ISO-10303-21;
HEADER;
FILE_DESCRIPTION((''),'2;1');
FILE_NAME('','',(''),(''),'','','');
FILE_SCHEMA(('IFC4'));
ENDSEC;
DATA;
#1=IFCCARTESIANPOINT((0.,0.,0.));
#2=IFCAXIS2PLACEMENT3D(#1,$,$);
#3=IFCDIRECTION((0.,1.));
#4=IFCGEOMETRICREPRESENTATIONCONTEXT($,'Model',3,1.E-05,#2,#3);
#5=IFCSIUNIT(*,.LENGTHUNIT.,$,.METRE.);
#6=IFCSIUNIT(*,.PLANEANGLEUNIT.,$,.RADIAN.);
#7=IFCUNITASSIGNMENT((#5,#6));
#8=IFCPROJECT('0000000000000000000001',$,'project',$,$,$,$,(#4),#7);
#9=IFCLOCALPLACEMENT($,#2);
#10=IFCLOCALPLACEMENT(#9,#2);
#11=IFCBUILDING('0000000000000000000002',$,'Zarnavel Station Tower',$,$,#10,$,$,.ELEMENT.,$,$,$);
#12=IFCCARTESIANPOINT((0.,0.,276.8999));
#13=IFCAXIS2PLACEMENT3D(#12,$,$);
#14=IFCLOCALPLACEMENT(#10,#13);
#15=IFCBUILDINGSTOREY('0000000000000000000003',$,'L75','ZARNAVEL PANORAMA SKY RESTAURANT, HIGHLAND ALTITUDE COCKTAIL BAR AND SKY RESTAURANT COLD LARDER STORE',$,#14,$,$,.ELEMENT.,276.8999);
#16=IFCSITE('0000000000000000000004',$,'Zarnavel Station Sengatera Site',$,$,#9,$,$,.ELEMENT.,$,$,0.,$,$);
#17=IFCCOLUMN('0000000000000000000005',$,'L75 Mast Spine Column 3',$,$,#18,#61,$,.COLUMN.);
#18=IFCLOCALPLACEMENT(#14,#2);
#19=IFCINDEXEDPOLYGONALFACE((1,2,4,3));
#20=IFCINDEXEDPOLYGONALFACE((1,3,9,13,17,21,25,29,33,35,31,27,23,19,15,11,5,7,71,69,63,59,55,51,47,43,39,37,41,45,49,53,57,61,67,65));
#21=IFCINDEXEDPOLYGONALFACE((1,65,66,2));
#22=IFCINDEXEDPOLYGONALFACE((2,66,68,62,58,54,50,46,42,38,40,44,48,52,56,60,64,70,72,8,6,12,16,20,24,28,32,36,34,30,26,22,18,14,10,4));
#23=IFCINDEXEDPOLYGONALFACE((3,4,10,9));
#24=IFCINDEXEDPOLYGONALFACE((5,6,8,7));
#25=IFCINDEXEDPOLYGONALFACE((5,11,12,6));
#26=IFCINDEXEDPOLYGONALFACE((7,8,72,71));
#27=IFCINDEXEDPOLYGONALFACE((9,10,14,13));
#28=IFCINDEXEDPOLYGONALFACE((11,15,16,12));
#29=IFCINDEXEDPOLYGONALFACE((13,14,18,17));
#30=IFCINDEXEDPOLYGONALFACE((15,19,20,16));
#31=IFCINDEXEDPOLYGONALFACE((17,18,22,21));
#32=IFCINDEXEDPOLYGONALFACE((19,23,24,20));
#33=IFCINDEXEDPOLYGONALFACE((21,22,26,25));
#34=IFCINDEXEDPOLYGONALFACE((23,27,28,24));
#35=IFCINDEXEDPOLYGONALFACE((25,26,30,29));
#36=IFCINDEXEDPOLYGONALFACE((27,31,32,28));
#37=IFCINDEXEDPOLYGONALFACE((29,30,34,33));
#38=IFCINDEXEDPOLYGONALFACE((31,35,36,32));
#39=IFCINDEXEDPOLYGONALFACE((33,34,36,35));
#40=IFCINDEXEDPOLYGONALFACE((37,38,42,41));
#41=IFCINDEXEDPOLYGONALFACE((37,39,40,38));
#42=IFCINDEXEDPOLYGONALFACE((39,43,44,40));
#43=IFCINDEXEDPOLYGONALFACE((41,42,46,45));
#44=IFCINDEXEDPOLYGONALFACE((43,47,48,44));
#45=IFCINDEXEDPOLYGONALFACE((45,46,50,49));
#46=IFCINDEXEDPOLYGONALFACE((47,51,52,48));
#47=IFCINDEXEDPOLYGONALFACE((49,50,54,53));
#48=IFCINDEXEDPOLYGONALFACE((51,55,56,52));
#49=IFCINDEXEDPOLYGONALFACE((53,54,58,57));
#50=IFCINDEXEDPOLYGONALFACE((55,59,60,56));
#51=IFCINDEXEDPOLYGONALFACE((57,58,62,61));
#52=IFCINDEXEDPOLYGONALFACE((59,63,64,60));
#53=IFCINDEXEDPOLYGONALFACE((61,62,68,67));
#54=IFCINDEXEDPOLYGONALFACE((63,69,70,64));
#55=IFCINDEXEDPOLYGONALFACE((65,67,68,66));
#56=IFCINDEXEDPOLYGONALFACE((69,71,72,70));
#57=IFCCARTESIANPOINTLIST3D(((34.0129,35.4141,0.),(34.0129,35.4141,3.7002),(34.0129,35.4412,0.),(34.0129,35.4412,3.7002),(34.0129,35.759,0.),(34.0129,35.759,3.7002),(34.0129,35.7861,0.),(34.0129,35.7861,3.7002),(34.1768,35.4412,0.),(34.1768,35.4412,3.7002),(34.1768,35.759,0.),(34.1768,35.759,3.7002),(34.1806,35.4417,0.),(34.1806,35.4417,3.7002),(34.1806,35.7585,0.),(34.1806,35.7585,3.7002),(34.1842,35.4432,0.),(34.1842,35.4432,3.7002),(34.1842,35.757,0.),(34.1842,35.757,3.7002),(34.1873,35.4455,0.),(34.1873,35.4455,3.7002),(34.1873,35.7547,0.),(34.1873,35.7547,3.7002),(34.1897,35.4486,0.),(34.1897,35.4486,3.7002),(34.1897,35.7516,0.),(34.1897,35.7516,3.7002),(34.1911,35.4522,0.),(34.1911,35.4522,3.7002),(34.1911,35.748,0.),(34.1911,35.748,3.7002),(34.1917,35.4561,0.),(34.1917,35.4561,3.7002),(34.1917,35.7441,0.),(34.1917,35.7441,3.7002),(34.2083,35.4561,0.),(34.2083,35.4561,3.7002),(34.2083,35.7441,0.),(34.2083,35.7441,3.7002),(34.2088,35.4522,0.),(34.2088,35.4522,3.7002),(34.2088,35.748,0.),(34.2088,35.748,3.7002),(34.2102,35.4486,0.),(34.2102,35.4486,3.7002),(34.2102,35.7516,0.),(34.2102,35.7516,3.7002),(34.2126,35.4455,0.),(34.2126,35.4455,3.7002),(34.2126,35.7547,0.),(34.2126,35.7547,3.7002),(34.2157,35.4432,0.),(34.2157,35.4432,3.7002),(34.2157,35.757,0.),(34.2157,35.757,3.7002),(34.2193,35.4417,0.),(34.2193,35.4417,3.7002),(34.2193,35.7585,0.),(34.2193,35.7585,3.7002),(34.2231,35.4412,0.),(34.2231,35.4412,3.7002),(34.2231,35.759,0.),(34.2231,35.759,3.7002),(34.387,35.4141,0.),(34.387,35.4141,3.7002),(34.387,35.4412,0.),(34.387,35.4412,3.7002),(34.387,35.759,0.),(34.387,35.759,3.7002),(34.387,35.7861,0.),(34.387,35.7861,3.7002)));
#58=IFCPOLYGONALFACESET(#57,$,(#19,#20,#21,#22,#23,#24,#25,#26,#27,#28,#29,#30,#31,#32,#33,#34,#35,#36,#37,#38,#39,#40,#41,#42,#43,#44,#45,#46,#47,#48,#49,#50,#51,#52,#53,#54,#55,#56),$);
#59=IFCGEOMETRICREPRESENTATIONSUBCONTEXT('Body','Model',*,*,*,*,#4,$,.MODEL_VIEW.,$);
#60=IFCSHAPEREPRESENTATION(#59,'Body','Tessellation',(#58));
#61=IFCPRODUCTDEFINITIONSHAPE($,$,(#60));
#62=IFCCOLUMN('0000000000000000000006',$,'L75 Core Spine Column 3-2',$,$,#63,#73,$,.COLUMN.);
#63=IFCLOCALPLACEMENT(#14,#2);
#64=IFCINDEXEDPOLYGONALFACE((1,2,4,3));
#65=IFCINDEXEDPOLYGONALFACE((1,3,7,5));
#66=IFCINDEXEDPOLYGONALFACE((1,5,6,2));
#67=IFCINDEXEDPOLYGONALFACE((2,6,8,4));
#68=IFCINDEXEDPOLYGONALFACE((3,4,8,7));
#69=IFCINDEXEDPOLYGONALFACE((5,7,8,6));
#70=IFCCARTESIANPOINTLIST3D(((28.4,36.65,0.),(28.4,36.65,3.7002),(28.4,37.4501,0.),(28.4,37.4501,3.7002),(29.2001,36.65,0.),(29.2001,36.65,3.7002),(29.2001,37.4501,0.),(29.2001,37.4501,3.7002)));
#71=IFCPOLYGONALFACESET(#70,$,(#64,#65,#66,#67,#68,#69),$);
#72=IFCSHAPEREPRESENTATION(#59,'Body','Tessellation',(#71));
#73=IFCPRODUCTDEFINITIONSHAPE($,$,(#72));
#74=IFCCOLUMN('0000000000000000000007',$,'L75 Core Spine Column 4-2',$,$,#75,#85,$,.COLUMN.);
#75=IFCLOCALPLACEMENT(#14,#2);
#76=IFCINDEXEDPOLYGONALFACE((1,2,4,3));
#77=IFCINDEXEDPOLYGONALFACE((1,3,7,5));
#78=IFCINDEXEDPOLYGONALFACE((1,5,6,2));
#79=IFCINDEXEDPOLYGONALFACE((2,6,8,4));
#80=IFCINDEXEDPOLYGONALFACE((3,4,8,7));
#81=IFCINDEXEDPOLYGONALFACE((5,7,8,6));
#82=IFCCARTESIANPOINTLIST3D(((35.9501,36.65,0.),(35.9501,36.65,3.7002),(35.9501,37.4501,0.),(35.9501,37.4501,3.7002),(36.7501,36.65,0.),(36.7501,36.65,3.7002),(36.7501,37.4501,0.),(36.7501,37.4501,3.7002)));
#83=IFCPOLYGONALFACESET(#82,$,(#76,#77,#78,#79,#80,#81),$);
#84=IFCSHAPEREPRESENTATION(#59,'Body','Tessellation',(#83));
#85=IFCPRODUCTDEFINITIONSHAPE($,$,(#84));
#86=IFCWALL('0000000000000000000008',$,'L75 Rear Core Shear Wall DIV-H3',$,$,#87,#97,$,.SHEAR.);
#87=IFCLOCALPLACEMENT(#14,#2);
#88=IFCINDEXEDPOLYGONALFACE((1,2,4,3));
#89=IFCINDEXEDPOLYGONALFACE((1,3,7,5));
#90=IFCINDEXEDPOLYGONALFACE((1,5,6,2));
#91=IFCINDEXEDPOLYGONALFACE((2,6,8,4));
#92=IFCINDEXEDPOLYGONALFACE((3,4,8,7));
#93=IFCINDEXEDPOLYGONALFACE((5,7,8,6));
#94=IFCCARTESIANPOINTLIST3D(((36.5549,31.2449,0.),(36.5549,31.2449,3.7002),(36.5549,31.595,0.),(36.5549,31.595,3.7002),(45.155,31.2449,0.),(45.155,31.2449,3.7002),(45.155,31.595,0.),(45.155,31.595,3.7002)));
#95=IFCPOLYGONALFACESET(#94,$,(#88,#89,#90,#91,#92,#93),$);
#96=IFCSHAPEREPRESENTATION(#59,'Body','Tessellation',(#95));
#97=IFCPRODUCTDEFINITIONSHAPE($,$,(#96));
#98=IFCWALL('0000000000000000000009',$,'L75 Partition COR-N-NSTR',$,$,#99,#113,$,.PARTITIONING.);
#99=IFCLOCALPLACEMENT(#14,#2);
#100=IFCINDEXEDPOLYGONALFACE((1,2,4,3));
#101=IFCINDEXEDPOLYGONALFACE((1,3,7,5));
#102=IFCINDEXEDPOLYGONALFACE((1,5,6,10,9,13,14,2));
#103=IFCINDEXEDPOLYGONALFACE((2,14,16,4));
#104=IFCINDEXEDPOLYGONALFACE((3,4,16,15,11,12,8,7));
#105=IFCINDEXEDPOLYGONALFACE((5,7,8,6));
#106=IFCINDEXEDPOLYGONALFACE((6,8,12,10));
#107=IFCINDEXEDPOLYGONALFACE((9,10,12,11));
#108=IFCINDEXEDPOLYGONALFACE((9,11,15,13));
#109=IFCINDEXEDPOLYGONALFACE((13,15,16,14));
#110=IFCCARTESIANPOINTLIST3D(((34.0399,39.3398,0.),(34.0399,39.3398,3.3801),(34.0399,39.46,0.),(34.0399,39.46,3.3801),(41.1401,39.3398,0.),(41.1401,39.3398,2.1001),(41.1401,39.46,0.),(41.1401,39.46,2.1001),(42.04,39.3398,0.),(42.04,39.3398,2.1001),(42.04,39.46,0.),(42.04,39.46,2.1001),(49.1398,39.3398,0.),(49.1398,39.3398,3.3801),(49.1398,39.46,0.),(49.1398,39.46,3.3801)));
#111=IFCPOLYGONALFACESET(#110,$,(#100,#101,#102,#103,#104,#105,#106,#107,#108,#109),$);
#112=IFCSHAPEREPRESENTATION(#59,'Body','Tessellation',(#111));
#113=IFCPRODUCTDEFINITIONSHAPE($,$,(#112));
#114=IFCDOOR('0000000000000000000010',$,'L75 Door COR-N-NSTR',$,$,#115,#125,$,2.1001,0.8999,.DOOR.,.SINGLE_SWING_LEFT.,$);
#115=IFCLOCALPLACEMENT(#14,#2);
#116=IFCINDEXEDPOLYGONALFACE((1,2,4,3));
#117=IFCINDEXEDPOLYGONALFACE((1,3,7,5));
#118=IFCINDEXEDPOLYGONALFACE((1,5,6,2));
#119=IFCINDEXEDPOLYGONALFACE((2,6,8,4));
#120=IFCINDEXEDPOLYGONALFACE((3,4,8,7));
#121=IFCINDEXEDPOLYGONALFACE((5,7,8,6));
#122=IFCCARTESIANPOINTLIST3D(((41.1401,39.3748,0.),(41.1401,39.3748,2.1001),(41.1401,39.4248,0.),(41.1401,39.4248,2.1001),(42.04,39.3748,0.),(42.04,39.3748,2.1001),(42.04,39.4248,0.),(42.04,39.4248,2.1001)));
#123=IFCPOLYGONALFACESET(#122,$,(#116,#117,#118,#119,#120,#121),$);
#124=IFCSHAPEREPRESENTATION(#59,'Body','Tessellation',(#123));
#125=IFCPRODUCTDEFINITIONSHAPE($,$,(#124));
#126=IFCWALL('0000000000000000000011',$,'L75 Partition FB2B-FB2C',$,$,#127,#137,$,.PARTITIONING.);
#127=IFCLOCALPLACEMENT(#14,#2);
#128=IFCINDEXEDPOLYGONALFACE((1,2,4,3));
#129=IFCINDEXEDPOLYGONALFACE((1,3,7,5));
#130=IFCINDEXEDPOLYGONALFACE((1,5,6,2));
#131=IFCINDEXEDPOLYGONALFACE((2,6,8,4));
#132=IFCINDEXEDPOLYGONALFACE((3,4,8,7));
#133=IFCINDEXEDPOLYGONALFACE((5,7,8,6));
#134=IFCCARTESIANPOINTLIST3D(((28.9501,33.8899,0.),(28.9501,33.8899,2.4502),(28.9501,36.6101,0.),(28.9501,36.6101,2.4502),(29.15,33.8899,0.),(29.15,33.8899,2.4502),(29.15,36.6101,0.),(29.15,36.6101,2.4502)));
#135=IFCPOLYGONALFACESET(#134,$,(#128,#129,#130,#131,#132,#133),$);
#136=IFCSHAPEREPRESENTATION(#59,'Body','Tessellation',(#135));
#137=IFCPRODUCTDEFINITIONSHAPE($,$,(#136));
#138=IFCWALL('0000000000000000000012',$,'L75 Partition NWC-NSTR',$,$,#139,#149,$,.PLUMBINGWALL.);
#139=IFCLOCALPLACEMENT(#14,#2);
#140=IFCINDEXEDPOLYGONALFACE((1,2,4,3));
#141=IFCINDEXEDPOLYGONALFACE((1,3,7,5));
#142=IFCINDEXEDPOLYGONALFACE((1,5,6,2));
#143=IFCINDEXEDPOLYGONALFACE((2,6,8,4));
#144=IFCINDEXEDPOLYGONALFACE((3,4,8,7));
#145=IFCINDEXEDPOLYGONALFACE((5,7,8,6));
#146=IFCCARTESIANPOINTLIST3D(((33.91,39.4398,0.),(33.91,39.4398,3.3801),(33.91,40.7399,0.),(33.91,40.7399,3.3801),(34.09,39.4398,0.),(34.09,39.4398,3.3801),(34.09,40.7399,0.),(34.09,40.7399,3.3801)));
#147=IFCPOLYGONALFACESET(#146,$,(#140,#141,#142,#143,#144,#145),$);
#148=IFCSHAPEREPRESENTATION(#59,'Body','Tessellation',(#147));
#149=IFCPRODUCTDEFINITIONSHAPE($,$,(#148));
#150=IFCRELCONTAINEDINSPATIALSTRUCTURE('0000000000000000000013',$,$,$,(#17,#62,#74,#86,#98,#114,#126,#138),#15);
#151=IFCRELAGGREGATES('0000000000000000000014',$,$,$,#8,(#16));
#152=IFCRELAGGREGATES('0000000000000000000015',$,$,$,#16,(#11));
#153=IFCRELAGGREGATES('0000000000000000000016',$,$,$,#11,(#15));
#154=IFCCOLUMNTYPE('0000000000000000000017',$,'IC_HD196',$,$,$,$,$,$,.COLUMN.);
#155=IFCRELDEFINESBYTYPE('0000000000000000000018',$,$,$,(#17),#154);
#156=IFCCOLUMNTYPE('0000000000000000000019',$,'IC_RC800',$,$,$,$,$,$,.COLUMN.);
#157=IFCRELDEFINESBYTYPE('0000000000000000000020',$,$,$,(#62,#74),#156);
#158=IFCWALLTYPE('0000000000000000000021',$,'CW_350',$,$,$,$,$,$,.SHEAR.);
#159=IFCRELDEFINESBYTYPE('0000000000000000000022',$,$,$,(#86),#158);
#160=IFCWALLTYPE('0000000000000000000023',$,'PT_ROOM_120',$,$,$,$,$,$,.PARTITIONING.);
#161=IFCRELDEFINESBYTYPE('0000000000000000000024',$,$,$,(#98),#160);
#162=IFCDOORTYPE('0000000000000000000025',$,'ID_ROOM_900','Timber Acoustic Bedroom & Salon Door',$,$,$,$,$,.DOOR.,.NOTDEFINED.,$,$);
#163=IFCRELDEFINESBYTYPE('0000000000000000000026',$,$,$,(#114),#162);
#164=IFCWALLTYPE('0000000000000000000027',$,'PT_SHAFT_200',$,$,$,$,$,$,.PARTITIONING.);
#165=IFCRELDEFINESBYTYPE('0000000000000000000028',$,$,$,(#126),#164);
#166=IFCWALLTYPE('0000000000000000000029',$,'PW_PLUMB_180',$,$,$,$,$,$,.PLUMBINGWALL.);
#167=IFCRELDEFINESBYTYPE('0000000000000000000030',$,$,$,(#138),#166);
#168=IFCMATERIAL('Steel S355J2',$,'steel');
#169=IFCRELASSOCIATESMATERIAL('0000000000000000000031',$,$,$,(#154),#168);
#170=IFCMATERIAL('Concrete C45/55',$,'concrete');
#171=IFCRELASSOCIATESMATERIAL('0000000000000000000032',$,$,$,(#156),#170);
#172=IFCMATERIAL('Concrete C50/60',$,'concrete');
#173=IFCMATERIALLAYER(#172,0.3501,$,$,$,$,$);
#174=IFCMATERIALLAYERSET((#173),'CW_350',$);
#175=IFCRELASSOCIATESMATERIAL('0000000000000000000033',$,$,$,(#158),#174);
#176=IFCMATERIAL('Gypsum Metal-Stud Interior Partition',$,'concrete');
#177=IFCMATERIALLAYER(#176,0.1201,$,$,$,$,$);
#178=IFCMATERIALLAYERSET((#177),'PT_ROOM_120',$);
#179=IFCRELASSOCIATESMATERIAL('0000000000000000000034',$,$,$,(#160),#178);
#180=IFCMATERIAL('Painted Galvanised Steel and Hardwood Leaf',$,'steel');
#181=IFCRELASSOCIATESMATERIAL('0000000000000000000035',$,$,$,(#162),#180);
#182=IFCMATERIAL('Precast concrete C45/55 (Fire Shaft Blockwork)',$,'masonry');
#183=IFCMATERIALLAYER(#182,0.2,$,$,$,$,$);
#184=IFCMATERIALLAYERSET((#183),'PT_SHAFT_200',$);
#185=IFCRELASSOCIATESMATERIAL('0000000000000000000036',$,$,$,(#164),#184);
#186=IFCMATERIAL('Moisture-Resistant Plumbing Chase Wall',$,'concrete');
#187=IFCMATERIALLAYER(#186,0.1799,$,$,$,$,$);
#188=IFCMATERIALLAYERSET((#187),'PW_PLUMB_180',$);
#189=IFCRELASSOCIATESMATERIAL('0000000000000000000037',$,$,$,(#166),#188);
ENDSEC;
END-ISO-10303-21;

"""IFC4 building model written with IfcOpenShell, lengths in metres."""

from ifc_helpers import new_model, si_unit, direction, frame, frame_2d, origin, origin_2d, place, context, subcontext, project, spatial, rectangle, i_section, extrude, material, layer, layer_set, material_profile, profile_set, type_object, element, fill, save


model = new_model("IFC4")

# Units and contexts
model_context = context("Model", 3, precision=1e-05, world=origin(), true_north=direction((0.0, 1.0)))
body_context = subcontext(model_context, "Body", "Model", "MODEL_VIEW")
ifc_project = project(units=[si_unit("LENGTHUNIT", "METRE"), si_unit("PLANEANGLEUNIT", "RADIAN")], contexts=[model_context])

# Site, building, storey
site_placement = place(None, origin())
site = spatial("IfcSite", under=ifc_project, at=site_placement, Name="Zarnavel Station Sengatera Site", CompositionType="ELEMENT", RefElevation=0.0)
building_placement = place(site_placement, origin())
building = spatial("IfcBuilding", under=site, at=building_placement, Name="Zarnavel Station Tower", CompositionType="ELEMENT")
storey_placement = place(building_placement, frame((0.0, 0.0, 276.8999)))
storey = spatial("IfcBuildingStorey", under=building, at=storey_placement, Name="L75", Description="ZARNAVEL PANORAMA SKY RESTAURANT, HIGHLAND ALTITUDE COCKTAIL BAR AND SKY RESTAURANT COLD LARDER STORE", CompositionType="ELEMENT", Elevation=276.8999)

# Columns
ifc_material_1 = material(Name="Steel S355J2", Category="steel")
ifc_material_profile_1 = material_profile(ifc_material_1, i_section(OverallWidth=0.374, OverallDepth=0.3721, WebThickness=0.0166, FlangeThickness=0.0271, FilletRadius=0.0149, at=origin_2d()), Name="HD360x196")
ifc_profile_set_1 = profile_set([ifc_material_profile_1], Name="Steel S355J2")
column_type_1 = type_object("IfcColumnType", Name="IC_HD196", PredefinedType="COLUMN", material=ifc_profile_set_1)
column_placement = place(storey_placement, frame((34.2, 35.6001, 0.0), z_axis=(0.0, 0.0, 1.0), x_axis=(1.0, 0.0, 0.0)))
element("IfcColumn", 1, at=column_placement, inside=storey, type_object=column_type_1, Name="L75 Mast Spine Column 3", PredefinedType="COLUMN", context=body_context, shape_type="SweptSolid", body=[
    extrude(i_section(OverallWidth=0.374, OverallDepth=0.3721, WebThickness=0.0166, FlangeThickness=0.0271, FilletRadius=0.0149, at=origin_2d()), origin(), (0.0, 0.0, 1.0), 3.7002),
])
ifc_material_2 = material(Name="Concrete C45/55", Category="concrete")
ifc_material_profile_2 = material_profile(ifc_material_2, rectangle(XDim=0.8, YDim=0.8, at=origin_2d()), Name="RC800x800")
ifc_profile_set_2 = profile_set([ifc_material_profile_2], Name="Concrete C45/55")
column_type_2 = type_object("IfcColumnType", Name="IC_RC800", PredefinedType="COLUMN", material=ifc_profile_set_2)
for number, where, z_axis, x_axis, name in (
    (2, (28.8, 37.05, 0.0), (0.0, 0.0, 1.0), (1.0, 0.0, 0.0), "L75 Core Spine Column 3-2"),
    (3, (36.3501, 37.05, 0.0), (0.0, 0.0, 1.0), (1.0, 0.0, 0.0), "L75 Core Spine Column 4-2"),
):
    element("IfcColumn", number, at=place(storey_placement, frame(where, z_axis=z_axis, x_axis=x_axis)), inside=storey, type_object=column_type_2, Name=name, PredefinedType="COLUMN", context=body_context, shape_type="SweptSolid", body=[
        extrude(rectangle(XDim=0.8, YDim=0.8, at=origin_2d()), origin(), (0.0, 0.0, 1.0), 3.7002),
    ])

# Wall
ifc_material_3 = material(Name="Concrete C50/60", Category="concrete")
ifc_layer_1 = layer(ifc_material_3, 0.3501)
ifc_layer_set_1 = layer_set([ifc_layer_1], Name="CW_350")
wall_type_1 = type_object("IfcWallType", Name="CW_350", PredefinedType="SHEAR", material=ifc_layer_set_1)
wall_1_placement = place(storey_placement, frame((36.5549, 31.4199, 0.0), z_axis=(0.0, 0.0, 1.0), x_axis=(1.0, 0.0, 0.0)))
element("IfcWall", 4, at=wall_1_placement, inside=storey, type_object=wall_type_1, Name="L75 Rear Core Shear Wall DIV-H3", PredefinedType="SHEAR", context=body_context, shape_type="SweptSolid", body=[
    extrude(rectangle(XDim=8.6001, YDim=0.3501, at=frame_2d((4.3, 0.0))), origin(), (0.0, 0.0, 1.0), 3.7002),
])

# Wall, opening, door
ifc_material_4 = material(Name="Gypsum Metal-Stud Interior Partition", Category="concrete")
ifc_layer_2 = layer(ifc_material_4, 0.1201)
ifc_layer_set_2 = layer_set([ifc_layer_2], Name="PT_ROOM_120")
wall_type_2 = type_object("IfcWallType", Name="PT_ROOM_120", PredefinedType="PARTITIONING", material=ifc_layer_set_2)
wall_2_placement = place(storey_placement, frame((34.04, 39.3999, 0.0), z_axis=(0.0, 0.0, 1.0), x_axis=(1.0, 0.0, 0.0)))
wall_2 = element("IfcWall", 5, at=wall_2_placement, inside=storey, type_object=wall_type_2, Name="L75 Partition COR-N-NSTR", PredefinedType="PARTITIONING", context=body_context, shape_type="SweptSolid", body=[
    extrude(rectangle(XDim=15.0999, YDim=0.1201, at=frame_2d((7.5498, 0.0))), origin(), (0.0, 0.0, 1.0), 3.3801),
])
opening_1_placement = place(wall_2_placement, frame((7.1001, 0.0, 0.0)))
opening_1 = element("IfcOpeningElement", 6, at=opening_1_placement, cuts=wall_2, PredefinedType="OPENING", context=body_context, shape_type="SweptSolid", body=[
    extrude(rectangle(XDim=0.8999, YDim=2.1001, at=frame_2d((0.45, 1.05))), frame((0.0, 0.0701, 0.0), z_axis=(0.0, -1.0, 0.0), x_axis=(1.0, 0.0, 0.0)), (0.0, 0.0, 1.0), 0.1401),
])
ifc_material_5 = material(Name="Painted Galvanised Steel and Hardwood Leaf", Category="steel")
door_type_1 = type_object("IfcDoorType", Name="ID_ROOM_900", Description="Timber Acoustic Bedroom & Salon Door", OperationType="NOTDEFINED", PredefinedType="DOOR", material=ifc_material_5)
door_1_placement = place(opening_1_placement, origin())
door_1 = element("IfcDoor", 7, at=door_1_placement, inside=storey, type_object=door_type_1, Name="L75 Door COR-N-NSTR", OperationType="SINGLE_SWING_LEFT", OverallHeight=2.1001, OverallWidth=0.8999, PredefinedType="DOOR", context=body_context, shape_type="SweptSolid", body=[
    extrude(rectangle(XDim=0.8999, YDim=2.1001, at=frame_2d((0.45, 1.05))), frame((0.0, 0.0249, 0.0), z_axis=(0.0, -1.0, 0.0), x_axis=(1.0, 0.0, 0.0)), (0.0, 0.0, 1.0), 0.05),
])
fill(opening_1, door_1)
ifc_material_6 = material(Name="Precast concrete C45/55 (Fire Shaft Blockwork)", Category="masonry")
ifc_layer_3 = layer(ifc_material_6, 0.2)
ifc_layer_set_3 = layer_set([ifc_layer_3], Name="PT_SHAFT_200")
wall_type_3 = type_object("IfcWallType", Name="PT_SHAFT_200", PredefinedType="PARTITIONING", material=ifc_layer_set_3)

# Walls
wall_3_placement = place(storey_placement, frame((29.05, 33.8899, 0.0), z_axis=(0.0, 0.0, 1.0), x_axis=(0.0, 1.0, 0.0)))
element("IfcWall", 8, at=wall_3_placement, inside=storey, type_object=wall_type_3, Name="L75 Partition FB2B-FB2C", PredefinedType="PARTITIONING", context=body_context, shape_type="SweptSolid", body=[
    extrude(rectangle(XDim=2.7202, YDim=0.2, at=frame_2d((1.3601, 0.0))), origin(), (0.0, 0.0, 1.0), 2.4502),
])
ifc_material_7 = material(Name="Moisture-Resistant Plumbing Chase Wall", Category="concrete")
ifc_layer_4 = layer(ifc_material_7, 0.1799)
ifc_layer_set_4 = layer_set([ifc_layer_4], Name="PW_PLUMB_180")
wall_type_4 = type_object("IfcWallType", Name="PW_PLUMB_180", PredefinedType="PLUMBINGWALL", material=ifc_layer_set_4)
wall_4_placement = place(storey_placement, frame((34.0, 39.4399, 0.0), z_axis=(0.0, 0.0, 1.0), x_axis=(0.0, 1.0, 0.0)))
element("IfcWall", 9, at=wall_4_placement, inside=storey, type_object=wall_type_4, Name="L75 Partition NWC-NSTR", PredefinedType="PLUMBINGWALL", context=body_context, shape_type="SweptSolid", body=[
    extrude(rectangle(XDim=1.3, YDim=0.1799, at=frame_2d((0.6499, 0.0))), origin(), (0.0, 0.0, 1.0), 3.3801),
])

save(model, "model.ifc")
